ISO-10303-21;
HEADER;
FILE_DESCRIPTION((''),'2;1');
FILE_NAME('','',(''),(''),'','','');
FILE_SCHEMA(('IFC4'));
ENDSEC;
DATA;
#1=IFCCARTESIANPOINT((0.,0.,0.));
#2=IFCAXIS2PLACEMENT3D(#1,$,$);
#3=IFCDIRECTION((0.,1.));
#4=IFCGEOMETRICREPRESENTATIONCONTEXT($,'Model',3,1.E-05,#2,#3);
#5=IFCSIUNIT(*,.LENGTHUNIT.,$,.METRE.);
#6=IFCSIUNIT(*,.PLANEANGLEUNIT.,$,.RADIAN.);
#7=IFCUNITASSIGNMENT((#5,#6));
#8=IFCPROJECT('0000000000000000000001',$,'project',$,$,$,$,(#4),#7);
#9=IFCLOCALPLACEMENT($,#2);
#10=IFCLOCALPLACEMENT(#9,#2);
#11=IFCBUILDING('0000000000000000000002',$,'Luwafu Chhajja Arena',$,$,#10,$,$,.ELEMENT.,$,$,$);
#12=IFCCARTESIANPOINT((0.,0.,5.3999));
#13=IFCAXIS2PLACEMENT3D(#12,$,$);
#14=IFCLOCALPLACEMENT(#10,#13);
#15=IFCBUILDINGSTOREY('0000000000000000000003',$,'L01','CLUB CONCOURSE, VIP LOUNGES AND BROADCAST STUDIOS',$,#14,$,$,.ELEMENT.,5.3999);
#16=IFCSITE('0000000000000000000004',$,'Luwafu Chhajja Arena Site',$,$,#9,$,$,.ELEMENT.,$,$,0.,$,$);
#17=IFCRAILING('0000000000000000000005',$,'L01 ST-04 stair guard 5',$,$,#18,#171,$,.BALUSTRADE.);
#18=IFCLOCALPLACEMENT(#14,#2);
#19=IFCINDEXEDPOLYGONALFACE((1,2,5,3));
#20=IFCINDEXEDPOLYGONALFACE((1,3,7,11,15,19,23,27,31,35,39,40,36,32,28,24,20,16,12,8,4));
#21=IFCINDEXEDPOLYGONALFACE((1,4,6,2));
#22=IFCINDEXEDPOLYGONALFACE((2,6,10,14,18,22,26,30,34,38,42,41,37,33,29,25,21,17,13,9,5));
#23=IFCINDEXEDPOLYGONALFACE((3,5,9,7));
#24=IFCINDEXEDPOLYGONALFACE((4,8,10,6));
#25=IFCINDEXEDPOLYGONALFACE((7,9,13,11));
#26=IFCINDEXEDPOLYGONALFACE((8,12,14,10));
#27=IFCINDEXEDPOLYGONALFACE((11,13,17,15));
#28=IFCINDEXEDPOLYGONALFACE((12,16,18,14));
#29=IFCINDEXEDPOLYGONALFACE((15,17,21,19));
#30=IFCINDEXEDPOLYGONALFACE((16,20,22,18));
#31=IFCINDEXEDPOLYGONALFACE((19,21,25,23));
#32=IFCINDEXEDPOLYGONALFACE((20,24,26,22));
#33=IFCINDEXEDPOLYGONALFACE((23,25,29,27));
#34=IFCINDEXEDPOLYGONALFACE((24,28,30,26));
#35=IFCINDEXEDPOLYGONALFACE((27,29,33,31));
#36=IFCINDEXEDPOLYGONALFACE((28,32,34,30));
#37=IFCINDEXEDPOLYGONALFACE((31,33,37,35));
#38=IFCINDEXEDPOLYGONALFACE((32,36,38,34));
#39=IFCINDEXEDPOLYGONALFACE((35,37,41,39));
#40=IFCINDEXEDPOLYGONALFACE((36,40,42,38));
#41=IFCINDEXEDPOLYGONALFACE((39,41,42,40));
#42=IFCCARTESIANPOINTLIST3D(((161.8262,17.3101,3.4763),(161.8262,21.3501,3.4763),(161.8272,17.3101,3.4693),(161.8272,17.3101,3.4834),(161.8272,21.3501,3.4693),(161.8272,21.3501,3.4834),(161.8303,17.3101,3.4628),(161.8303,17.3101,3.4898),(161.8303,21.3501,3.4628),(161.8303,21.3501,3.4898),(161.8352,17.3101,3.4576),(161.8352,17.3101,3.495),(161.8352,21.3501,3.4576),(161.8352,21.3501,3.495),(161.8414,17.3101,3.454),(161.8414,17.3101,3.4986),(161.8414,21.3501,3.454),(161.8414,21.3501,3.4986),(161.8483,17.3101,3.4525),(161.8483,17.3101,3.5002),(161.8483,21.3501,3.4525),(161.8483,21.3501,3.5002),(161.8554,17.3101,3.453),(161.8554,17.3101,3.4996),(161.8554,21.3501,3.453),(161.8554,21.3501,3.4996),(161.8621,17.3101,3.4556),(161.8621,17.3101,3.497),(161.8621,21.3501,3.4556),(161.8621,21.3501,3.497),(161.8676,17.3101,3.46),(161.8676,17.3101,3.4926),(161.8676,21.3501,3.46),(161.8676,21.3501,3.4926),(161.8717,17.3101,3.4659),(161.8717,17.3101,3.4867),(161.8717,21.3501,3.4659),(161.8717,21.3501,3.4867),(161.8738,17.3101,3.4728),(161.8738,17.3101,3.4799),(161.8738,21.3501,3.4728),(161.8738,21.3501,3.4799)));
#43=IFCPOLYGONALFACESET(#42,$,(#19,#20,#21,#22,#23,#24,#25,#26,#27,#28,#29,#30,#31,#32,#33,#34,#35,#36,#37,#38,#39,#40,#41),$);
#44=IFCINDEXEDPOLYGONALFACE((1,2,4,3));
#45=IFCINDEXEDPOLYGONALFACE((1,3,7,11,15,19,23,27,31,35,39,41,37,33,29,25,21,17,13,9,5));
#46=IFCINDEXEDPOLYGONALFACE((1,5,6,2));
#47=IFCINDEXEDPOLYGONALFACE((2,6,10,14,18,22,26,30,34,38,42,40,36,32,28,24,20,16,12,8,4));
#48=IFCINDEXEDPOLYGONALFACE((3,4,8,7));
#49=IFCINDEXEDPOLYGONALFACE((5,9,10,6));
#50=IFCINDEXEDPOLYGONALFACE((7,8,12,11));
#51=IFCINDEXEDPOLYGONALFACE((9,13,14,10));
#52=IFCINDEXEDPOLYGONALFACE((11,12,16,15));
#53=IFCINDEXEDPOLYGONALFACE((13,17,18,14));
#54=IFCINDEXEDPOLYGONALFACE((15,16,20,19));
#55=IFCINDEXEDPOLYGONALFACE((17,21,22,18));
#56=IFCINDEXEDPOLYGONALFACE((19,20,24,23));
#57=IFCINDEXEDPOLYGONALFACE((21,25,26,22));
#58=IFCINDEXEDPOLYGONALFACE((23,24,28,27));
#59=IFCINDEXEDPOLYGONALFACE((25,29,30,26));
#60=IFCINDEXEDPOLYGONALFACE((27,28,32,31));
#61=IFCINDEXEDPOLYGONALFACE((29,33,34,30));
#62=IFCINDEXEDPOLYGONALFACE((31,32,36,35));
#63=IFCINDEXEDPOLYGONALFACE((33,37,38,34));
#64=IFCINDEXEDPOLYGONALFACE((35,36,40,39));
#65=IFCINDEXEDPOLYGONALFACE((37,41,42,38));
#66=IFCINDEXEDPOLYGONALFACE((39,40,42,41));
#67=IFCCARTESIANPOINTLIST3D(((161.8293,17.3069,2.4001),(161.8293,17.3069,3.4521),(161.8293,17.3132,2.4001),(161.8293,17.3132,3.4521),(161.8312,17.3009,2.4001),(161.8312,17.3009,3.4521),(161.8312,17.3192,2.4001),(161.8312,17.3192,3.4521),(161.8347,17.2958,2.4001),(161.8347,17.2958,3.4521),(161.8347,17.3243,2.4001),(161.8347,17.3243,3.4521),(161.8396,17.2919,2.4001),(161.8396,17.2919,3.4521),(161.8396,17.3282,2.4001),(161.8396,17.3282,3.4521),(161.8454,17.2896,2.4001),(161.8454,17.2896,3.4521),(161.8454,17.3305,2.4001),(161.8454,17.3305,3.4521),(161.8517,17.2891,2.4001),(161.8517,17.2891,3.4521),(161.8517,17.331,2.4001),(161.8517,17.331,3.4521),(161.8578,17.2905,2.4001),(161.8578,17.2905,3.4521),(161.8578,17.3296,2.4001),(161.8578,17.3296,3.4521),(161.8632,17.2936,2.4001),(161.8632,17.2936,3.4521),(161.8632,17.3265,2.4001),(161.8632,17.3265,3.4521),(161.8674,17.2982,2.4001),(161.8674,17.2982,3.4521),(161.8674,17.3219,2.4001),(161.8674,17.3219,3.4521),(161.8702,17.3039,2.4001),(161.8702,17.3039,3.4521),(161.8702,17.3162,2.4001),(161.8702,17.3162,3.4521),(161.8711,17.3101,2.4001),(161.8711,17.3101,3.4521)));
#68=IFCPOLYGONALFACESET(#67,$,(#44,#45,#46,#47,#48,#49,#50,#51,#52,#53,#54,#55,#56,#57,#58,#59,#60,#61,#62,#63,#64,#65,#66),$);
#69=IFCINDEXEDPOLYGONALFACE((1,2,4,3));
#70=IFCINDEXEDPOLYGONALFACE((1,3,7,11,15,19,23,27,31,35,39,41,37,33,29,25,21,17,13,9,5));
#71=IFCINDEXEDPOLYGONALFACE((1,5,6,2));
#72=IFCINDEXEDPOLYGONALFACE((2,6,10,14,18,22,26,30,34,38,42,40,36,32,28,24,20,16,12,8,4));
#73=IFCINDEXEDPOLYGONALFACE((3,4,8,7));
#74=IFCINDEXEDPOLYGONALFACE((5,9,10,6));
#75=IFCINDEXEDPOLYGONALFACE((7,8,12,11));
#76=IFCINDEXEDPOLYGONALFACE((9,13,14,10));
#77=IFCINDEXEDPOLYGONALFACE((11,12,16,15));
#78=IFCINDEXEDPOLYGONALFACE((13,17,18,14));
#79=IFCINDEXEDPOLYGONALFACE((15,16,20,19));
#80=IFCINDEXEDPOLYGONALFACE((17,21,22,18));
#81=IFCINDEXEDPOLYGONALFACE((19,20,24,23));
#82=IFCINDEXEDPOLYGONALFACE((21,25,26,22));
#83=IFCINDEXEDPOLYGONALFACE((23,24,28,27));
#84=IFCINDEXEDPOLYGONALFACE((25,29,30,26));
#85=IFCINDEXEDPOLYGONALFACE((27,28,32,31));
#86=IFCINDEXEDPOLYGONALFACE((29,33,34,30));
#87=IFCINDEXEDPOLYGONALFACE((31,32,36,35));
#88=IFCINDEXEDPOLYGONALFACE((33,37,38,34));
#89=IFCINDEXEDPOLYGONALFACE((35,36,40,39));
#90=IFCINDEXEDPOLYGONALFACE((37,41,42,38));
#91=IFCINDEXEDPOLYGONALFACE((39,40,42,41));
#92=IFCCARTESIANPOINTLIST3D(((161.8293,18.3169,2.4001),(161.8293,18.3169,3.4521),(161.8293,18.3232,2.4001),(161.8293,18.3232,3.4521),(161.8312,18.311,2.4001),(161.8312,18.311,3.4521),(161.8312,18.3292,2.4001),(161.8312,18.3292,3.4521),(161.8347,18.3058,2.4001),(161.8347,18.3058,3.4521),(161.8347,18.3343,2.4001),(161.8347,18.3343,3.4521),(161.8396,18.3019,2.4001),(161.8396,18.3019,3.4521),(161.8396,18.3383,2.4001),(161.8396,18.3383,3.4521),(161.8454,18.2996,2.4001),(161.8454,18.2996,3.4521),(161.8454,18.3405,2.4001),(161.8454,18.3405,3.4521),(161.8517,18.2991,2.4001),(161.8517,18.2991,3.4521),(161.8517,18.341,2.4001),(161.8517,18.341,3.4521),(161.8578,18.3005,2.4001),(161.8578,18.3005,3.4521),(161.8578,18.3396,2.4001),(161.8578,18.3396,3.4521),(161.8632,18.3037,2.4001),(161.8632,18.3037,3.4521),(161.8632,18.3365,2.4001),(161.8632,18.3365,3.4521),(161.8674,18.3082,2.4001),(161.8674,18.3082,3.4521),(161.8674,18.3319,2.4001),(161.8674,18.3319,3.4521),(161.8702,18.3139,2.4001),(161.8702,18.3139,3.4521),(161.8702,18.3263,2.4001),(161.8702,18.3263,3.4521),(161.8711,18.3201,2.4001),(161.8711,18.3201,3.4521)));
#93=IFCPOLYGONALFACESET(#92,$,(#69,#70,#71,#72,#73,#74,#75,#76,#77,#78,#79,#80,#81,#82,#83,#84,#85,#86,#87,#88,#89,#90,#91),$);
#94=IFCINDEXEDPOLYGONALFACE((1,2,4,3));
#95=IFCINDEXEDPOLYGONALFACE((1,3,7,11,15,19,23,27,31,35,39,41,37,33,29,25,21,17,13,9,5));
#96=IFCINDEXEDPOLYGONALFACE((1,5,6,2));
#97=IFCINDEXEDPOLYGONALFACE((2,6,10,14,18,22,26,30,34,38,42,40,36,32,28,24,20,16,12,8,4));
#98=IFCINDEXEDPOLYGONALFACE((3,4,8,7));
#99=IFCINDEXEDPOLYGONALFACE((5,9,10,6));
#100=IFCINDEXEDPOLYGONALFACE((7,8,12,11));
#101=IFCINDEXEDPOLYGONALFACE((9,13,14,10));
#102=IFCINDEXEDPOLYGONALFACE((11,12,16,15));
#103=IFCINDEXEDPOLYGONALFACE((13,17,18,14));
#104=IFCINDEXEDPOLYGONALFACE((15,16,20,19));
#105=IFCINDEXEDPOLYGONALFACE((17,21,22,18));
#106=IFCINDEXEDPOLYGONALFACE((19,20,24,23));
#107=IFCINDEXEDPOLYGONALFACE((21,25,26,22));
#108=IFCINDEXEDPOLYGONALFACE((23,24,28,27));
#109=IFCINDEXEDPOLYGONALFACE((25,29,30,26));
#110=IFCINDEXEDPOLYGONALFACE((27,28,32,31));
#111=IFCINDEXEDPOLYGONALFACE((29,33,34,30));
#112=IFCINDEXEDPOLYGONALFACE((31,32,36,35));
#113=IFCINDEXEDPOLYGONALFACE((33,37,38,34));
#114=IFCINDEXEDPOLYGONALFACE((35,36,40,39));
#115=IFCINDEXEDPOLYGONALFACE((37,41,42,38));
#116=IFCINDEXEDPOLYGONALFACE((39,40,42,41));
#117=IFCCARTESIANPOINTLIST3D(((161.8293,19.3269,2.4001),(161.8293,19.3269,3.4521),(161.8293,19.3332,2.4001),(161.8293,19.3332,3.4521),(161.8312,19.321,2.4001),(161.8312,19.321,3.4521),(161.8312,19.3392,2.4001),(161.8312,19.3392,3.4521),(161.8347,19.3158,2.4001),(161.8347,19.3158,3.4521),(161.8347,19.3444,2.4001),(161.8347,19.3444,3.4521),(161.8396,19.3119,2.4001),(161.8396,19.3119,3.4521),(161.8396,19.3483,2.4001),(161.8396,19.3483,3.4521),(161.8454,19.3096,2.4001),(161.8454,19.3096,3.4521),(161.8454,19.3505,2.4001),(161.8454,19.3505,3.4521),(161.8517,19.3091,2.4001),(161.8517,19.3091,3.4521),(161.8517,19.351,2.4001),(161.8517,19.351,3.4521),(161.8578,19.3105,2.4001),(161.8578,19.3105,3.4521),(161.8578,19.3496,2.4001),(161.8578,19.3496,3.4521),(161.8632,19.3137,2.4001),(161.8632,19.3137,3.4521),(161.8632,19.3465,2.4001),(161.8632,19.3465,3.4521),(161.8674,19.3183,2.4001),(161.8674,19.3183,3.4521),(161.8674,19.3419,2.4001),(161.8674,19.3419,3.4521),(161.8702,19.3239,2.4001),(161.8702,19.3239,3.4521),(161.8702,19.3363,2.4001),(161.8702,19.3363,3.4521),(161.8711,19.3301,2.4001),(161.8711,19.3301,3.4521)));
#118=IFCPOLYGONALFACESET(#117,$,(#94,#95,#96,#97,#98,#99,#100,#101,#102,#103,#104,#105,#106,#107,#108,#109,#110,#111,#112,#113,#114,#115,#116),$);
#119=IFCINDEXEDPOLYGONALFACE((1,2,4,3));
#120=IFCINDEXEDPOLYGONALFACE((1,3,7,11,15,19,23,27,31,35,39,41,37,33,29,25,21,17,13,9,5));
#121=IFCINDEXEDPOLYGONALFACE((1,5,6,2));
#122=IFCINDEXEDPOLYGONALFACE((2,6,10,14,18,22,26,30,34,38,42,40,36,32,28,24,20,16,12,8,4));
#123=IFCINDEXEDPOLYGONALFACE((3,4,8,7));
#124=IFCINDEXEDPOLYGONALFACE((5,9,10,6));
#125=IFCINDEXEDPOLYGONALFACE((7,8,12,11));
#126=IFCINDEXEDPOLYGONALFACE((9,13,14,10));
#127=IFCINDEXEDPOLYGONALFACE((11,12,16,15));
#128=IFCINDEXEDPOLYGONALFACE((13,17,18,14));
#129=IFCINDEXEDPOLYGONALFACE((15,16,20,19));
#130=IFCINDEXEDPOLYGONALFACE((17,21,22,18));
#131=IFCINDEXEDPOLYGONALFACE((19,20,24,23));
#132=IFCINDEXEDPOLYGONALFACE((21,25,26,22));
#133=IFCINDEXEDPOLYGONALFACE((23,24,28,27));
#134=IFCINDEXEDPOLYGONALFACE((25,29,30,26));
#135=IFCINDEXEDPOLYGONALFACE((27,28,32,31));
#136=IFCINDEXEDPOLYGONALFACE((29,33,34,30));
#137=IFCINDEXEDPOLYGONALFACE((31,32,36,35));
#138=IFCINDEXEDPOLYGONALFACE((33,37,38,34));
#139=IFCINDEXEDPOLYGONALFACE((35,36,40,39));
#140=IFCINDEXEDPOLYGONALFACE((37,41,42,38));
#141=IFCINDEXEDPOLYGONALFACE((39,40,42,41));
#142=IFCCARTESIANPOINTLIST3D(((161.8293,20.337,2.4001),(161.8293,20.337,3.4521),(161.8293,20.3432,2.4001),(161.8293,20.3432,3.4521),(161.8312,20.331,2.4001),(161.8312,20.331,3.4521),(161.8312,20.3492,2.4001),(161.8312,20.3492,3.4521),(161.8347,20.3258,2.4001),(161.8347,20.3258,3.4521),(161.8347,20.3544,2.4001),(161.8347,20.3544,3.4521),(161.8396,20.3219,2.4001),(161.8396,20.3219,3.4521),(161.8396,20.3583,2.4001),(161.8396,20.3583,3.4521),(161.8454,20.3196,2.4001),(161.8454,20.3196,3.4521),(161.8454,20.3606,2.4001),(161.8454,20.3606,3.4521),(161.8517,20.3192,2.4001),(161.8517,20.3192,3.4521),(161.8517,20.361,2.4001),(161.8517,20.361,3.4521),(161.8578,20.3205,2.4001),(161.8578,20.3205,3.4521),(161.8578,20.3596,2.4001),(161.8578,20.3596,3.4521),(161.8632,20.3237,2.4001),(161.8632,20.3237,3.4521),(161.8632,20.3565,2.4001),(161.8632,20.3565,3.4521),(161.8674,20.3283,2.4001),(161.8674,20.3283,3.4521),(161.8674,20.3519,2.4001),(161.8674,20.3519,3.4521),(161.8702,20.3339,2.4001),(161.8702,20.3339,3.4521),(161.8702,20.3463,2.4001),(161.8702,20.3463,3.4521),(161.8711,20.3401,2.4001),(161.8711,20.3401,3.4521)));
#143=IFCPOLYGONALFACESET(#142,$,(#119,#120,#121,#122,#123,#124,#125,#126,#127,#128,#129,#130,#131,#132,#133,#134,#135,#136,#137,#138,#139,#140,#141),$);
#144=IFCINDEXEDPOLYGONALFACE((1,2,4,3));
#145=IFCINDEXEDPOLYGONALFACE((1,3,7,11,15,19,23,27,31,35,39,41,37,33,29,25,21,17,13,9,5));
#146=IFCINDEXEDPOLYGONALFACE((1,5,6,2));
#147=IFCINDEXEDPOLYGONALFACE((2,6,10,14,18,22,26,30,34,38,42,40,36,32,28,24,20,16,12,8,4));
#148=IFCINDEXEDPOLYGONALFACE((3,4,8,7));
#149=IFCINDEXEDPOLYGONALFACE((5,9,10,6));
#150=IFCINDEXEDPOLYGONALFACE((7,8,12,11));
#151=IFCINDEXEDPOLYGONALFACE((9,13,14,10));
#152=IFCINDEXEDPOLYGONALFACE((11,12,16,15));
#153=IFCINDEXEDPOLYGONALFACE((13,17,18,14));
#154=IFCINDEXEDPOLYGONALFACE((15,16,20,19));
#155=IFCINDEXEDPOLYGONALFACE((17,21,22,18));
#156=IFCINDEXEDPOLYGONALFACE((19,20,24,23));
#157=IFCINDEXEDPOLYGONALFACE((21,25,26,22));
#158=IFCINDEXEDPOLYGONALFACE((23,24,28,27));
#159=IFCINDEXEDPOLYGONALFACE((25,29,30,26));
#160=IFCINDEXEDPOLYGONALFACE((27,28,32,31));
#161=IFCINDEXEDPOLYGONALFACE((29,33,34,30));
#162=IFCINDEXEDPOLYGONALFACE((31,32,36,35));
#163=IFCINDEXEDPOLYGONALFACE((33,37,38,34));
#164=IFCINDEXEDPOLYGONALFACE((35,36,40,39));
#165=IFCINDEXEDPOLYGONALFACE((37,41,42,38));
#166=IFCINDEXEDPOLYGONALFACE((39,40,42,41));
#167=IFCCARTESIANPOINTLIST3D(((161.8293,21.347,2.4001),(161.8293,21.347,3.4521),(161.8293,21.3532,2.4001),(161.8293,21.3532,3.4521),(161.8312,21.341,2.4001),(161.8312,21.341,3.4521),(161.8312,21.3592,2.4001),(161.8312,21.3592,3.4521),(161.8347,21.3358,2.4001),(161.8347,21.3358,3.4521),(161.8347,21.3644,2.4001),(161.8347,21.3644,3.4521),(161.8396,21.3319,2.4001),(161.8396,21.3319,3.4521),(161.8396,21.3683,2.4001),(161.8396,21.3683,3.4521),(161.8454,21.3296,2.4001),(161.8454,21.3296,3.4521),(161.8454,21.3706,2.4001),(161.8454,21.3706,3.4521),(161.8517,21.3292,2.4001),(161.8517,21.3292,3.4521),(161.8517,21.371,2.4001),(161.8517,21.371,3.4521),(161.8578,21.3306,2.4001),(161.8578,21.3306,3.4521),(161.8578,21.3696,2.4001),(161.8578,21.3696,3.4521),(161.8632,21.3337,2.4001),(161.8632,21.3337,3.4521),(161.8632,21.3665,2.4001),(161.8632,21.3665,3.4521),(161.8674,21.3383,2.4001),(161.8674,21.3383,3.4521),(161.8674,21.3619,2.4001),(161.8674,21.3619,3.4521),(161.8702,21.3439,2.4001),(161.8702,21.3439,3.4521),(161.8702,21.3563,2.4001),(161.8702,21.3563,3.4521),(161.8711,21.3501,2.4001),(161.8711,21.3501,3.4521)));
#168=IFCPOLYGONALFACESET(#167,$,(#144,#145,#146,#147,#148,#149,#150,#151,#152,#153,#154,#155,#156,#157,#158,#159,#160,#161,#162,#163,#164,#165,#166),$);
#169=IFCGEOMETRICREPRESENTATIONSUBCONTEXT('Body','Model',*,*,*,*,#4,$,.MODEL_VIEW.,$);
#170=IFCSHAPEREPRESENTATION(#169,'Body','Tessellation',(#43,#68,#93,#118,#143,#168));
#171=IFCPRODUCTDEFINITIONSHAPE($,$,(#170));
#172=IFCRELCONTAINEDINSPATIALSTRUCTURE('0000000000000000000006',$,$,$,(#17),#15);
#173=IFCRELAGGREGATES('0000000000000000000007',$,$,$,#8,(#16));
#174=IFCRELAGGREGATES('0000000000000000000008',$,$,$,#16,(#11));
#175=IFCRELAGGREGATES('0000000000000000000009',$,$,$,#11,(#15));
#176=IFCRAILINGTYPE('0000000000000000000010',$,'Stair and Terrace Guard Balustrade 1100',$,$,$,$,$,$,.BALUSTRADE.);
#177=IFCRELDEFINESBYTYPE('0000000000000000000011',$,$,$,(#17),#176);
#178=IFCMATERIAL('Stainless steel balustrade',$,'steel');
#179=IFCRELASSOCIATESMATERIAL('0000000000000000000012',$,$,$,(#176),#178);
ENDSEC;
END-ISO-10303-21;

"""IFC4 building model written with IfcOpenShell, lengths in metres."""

from ifc_helpers import new_model, si_unit, direction, frame, origin, origin_2d, place, context, subcontext, project, spatial, circle, extrude, material, type_object, element, save


model = new_model("IFC4")

# Units and contexts
model_context = context("Model", 3, precision=1e-05, world=origin(), true_north=direction((0.0, 1.0)))
body_context = subcontext(model_context, "Body", "Model", "MODEL_VIEW")
ifc_project = project(units=[si_unit("LENGTHUNIT", "METRE"), si_unit("PLANEANGLEUNIT", "RADIAN")], contexts=[model_context])

# Site, building, storey
site_placement = place(None, origin())
site = spatial("IfcSite", under=ifc_project, at=site_placement, Name="Luwafu Chhajja Arena Site", CompositionType="ELEMENT", RefElevation=0.0)
building_placement = place(site_placement, origin())
building = spatial("IfcBuilding", under=site, at=building_placement, Name="Luwafu Chhajja Arena", CompositionType="ELEMENT")
storey_placement = place(building_placement, frame((0.0, 0.0, 5.3999)))
storey = spatial("IfcBuildingStorey", under=building, at=storey_placement, Name="L01", Description="CLUB CONCOURSE, VIP LOUNGES AND BROADCAST STUDIOS", CompositionType="ELEMENT", Elevation=5.3999)

# Railing
ifc_material_1 = material(Name="Stainless steel balustrade", Category="steel")
railing_type_1 = type_object("IfcRailingType", Name="Stair and Terrace Guard Balustrade 1100", PredefinedType="BALUSTRADE", material=ifc_material_1)
railing_1_placement = place(storey_placement, frame((161.8501, 17.3101, 2.4001)))
element("IfcRailing", 1, at=railing_1_placement, inside=storey, type_object=railing_type_1, Name="L01 ST-04 stair guard 5", PredefinedType="BALUSTRADE", context=body_context, shape_type="SweptSolid", body=[
    extrude(circle(Radius=0.0239, at=origin_2d()), frame((0.0, 0.0, 1.0762), z_axis=(0.0, 1.0, 0.0), x_axis=(-1.0, 0.0, 0.0)), (0.0, 0.0, 1.0), 4.04),
    extrude(circle(Radius=0.021, at=origin_2d()), origin(), (0.0, 0.0, 1.0), 1.052),
    extrude(circle(Radius=0.021, at=origin_2d()), frame((0.0, 1.01, 0.0)), (0.0, 0.0, 1.0), 1.052),
    extrude(circle(Radius=0.021, at=origin_2d()), frame((0.0, 2.02, 0.0)), (0.0, 0.0, 1.0), 1.052),
    extrude(circle(Radius=0.021, at=origin_2d()), frame((0.0, 3.03, 0.0)), (0.0, 0.0, 1.0), 1.052),
    extrude(circle(Radius=0.021, at=origin_2d()), frame((0.0, 4.04, 0.0)), (0.0, 0.0, 1.0), 1.052),
])

save(model, "model.ifc")
